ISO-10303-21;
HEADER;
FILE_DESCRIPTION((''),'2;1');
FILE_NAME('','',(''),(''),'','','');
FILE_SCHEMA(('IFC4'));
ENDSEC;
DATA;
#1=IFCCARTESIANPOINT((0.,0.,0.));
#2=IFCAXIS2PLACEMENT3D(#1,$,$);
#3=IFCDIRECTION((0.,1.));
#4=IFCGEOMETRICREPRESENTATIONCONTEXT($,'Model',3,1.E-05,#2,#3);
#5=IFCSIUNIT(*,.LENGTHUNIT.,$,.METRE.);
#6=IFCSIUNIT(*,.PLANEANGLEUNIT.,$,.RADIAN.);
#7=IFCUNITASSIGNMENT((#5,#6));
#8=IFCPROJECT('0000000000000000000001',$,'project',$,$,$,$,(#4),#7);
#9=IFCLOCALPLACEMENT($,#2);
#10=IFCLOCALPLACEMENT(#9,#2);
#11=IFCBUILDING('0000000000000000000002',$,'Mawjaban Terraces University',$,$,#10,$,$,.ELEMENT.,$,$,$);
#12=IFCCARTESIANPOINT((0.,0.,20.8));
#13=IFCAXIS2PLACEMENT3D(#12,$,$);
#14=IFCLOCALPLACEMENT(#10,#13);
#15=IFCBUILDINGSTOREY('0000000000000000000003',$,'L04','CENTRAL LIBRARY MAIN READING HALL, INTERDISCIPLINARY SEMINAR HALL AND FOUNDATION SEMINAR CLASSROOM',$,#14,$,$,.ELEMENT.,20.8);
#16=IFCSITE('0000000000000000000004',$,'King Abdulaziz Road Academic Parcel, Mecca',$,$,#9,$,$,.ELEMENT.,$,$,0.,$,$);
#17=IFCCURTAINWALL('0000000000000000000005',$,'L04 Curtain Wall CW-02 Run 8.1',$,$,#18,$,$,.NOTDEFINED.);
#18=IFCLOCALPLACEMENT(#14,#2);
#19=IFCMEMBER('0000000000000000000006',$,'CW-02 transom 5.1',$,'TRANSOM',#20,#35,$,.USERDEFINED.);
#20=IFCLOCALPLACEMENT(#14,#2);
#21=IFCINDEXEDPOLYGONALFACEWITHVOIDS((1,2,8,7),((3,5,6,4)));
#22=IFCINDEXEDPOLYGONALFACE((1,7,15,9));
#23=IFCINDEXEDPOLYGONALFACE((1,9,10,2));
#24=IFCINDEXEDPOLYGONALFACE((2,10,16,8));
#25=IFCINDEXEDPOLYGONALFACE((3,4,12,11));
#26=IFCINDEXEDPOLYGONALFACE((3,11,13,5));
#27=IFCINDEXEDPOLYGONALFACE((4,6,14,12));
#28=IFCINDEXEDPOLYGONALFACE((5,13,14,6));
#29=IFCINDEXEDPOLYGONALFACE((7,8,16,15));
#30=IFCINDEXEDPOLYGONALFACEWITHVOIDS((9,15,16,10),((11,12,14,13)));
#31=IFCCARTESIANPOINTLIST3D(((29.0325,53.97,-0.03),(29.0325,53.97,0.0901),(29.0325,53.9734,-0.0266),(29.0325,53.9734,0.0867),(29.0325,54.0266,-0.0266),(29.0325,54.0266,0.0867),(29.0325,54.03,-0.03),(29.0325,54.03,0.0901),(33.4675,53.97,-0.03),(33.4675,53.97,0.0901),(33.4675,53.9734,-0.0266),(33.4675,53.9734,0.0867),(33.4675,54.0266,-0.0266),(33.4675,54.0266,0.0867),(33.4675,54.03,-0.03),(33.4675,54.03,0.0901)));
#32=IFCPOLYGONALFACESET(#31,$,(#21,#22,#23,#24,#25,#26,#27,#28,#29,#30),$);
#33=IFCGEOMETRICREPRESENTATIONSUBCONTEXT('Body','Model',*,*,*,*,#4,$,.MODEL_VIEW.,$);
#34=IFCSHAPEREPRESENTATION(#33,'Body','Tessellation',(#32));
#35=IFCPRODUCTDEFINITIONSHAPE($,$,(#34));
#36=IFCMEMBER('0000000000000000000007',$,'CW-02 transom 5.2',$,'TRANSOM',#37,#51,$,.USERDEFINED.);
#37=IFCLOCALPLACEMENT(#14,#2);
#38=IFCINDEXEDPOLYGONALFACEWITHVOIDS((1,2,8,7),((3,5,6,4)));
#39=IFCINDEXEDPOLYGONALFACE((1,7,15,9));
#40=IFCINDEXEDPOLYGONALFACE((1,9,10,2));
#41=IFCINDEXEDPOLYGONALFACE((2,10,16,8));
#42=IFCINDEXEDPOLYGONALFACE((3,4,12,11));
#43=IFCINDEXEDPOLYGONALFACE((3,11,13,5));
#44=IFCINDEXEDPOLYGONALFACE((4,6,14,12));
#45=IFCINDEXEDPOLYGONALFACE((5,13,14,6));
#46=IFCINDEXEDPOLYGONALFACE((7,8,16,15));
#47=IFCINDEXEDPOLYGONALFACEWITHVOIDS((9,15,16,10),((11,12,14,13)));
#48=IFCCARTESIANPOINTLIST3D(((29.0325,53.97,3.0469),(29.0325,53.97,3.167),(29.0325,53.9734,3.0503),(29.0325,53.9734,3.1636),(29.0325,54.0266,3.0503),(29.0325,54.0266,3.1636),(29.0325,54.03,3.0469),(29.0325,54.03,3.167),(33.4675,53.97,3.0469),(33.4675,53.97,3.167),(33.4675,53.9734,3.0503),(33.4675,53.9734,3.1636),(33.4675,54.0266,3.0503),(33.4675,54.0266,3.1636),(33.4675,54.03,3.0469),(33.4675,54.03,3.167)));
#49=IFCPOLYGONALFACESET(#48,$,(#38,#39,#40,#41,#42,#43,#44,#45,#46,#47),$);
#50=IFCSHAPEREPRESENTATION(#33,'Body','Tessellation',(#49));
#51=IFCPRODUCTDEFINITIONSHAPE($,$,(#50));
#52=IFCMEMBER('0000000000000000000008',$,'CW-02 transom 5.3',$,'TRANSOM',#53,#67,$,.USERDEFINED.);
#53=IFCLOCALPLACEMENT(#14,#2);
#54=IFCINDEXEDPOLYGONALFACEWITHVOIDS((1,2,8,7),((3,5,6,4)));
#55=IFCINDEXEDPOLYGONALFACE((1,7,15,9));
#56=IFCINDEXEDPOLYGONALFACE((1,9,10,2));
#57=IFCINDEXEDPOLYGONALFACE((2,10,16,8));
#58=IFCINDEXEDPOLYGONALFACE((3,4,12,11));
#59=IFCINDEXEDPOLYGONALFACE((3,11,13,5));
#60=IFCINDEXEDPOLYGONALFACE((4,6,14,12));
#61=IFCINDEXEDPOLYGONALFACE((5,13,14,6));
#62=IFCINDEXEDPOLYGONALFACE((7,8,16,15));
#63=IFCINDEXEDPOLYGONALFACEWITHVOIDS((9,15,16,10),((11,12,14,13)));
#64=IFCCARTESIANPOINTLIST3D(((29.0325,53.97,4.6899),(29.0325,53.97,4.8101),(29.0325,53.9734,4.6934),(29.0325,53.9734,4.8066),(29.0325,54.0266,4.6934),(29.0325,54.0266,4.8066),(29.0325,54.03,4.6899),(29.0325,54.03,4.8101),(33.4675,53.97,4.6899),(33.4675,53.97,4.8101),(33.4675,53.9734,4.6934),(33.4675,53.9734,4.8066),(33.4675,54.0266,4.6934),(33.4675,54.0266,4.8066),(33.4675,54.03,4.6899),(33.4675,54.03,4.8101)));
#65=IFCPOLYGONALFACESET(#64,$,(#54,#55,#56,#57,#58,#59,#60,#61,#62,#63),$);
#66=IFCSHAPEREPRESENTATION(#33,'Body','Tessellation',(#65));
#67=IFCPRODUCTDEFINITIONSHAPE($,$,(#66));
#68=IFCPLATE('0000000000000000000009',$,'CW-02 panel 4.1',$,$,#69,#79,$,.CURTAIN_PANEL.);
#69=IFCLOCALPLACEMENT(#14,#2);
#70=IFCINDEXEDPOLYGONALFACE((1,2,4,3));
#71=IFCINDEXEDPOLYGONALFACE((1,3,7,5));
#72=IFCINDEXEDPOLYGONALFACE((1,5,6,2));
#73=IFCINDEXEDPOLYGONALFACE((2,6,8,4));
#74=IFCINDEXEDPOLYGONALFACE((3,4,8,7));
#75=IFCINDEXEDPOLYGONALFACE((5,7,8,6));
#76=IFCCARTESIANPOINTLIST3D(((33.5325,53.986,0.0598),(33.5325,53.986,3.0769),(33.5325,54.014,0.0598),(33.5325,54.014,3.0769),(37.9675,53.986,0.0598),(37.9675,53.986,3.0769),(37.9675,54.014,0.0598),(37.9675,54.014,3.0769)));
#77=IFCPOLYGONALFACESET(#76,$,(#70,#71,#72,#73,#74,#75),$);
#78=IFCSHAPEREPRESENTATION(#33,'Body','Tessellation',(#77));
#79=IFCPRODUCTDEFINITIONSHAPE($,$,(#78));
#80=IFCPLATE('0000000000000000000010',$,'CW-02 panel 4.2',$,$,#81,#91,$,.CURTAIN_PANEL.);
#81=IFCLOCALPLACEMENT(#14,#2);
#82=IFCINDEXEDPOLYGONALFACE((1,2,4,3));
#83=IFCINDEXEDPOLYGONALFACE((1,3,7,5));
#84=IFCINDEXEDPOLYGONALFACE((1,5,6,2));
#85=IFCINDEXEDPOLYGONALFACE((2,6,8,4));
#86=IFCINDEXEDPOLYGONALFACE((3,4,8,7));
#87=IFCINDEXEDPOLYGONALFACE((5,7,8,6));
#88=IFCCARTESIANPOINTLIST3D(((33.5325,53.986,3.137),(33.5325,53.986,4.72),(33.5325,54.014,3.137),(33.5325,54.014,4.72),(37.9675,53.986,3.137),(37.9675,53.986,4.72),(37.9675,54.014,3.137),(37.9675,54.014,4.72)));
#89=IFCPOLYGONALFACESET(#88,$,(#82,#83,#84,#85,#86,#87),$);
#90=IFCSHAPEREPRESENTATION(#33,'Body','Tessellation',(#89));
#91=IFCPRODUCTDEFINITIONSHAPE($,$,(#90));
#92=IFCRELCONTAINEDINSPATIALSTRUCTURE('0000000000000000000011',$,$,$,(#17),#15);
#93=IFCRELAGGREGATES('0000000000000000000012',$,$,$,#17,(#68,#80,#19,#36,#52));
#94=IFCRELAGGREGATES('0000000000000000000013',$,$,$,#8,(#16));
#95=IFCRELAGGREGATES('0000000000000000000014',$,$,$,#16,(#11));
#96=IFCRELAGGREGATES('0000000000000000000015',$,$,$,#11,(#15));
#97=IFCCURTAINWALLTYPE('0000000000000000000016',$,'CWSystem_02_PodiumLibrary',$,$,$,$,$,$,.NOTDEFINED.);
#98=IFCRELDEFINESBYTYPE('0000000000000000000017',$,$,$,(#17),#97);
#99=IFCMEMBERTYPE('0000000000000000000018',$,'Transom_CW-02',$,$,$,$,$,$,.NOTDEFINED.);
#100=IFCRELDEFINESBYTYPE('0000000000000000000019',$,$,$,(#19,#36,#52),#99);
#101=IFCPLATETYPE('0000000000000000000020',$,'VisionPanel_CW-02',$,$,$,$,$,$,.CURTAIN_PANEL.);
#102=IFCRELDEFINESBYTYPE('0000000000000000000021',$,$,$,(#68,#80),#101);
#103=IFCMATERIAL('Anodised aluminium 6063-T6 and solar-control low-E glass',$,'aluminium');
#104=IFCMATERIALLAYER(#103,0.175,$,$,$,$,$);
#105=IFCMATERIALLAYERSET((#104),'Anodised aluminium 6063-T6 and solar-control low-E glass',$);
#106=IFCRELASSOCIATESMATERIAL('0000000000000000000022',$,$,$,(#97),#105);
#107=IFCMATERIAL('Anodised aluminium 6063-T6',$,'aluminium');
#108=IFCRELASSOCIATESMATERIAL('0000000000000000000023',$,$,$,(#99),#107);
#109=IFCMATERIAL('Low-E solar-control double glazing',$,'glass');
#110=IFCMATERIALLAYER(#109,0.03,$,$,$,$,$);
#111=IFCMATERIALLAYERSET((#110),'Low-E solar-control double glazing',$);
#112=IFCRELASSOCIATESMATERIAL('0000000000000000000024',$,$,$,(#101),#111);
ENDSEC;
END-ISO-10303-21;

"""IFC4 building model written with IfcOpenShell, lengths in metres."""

from ifc_helpers import new_model, si_unit, direction, frame, origin, origin_2d, place, context, subcontext, project, spatial, rectangle, hollow_rectangle, extrude, material, layer, layer_set, material_profile, profile_set, type_object, element, aggregate, save


model = new_model("IFC4")

# Units and contexts
model_context = context("Model", 3, precision=1e-05, world=origin(), true_north=direction((0.0, 1.0)))
body_context = subcontext(model_context, "Body", "Model", "MODEL_VIEW")
ifc_project = project(units=[si_unit("LENGTHUNIT", "METRE"), si_unit("PLANEANGLEUNIT", "RADIAN")], contexts=[model_context])

# Site, building, storey
site_placement = place(None, origin())
site = spatial("IfcSite", under=ifc_project, at=site_placement, Name="King Abdulaziz Road Academic Parcel, Mecca", CompositionType="ELEMENT", RefElevation=0.0)
building_placement = place(site_placement, origin())
building = spatial("IfcBuilding", under=site, at=building_placement, Name="Mawjaban Terraces University", CompositionType="ELEMENT")
storey_placement = place(building_placement, frame((0.0, 0.0, 20.8)))
storey = spatial("IfcBuildingStorey", under=building, at=storey_placement, Name="L04", Description="CENTRAL LIBRARY MAIN READING HALL, INTERDISCIPLINARY SEMINAR HALL AND FOUNDATION SEMINAR CLASSROOM", CompositionType="ELEMENT", Elevation=20.8)

# Curtain wall, members, plates
ifc_material_1 = material(Name="Anodised aluminium 6063-T6 and solar-control low-E glass", Category="aluminium")
ifc_layer_1 = layer(ifc_material_1, 0.175)
ifc_layer_set_1 = layer_set([ifc_layer_1], Name="Anodised aluminium 6063-T6 and solar-control low-E glass")
curtain_wall_type = type_object("IfcCurtainWallType", Name="CWSystem_02_PodiumLibrary", PredefinedType="NOTDEFINED", material=ifc_layer_set_1)
curtain_wall_placement = place(storey_placement, origin())
curtain_wall = element("IfcCurtainWall", 1, at=curtain_wall_placement, inside=storey, type_object=curtain_wall_type, Name="L04 Curtain Wall CW-02 Run 8.1", PredefinedType="NOTDEFINED")
ifc_material_2 = material(Name="Anodised aluminium 6063-T6", Category="aluminium")
ifc_material_profile_1 = material_profile(ifc_material_2, hollow_rectangle(XDim=0.0601, YDim=0.1201, WallThickness=0.0034, at=origin_2d()), Name="ALU120X60X3.5")
ifc_profile_set_1 = profile_set([ifc_material_profile_1], Name="Anodised aluminium 6063-T6")
member_type_1 = type_object("IfcMemberType", Name="Transom_CW-02", PredefinedType="NOTDEFINED", material=ifc_profile_set_1)
member_1_placement = place(storey_placement, frame((33.4675, 54.0, 0.03), z_axis=(-1.0, 0.0, 0.0), x_axis=(0.0, -1.0, 0.0)))
member_1 = element("IfcMember", 2, at=member_1_placement, type_object=member_type_1, Name="CW-02 transom 5.1", ObjectType="TRANSOM", PredefinedType="USERDEFINED", context=body_context, shape_type="SweptSolid", body=[
    extrude(hollow_rectangle(XDim=0.0601, YDim=0.1201, WallThickness=0.0034, at=origin_2d()), origin(), (0.0, 0.0, 1.0), 4.4351),
])
member_2_placement = place(storey_placement, frame((33.4675, 54.0, 3.1069), z_axis=(-1.0, 0.0, 0.0), x_axis=(0.0, -1.0, 0.0)))
member_2 = element("IfcMember", 3, at=member_2_placement, type_object=member_type_1, Name="CW-02 transom 5.2", ObjectType="TRANSOM", PredefinedType="USERDEFINED", context=body_context, shape_type="SweptSolid", body=[
    extrude(hollow_rectangle(XDim=0.0601, YDim=0.1201, WallThickness=0.0034, at=origin_2d()), origin(), (0.0, 0.0, 1.0), 4.4351),
])
member_3_placement = place(storey_placement, frame((33.4675, 54.0, 4.75), z_axis=(-1.0, 0.0, 0.0), x_axis=(0.0, -1.0, 0.0)))
member_3 = element("IfcMember", 4, at=member_3_placement, type_object=member_type_1, Name="CW-02 transom 5.3", ObjectType="TRANSOM", PredefinedType="USERDEFINED", context=body_context, shape_type="SweptSolid", body=[
    extrude(hollow_rectangle(XDim=0.0601, YDim=0.1201, WallThickness=0.0034, at=origin_2d()), origin(), (0.0, 0.0, 1.0), 4.4351),
])
ifc_material_3 = material(Name="Low-E solar-control double glazing", Category="glass")
ifc_layer_2 = layer(ifc_material_3, 0.03)
ifc_layer_set_2 = layer_set([ifc_layer_2], Name="Low-E solar-control double glazing")
plate_type = type_object("IfcPlateType", Name="VisionPanel_CW-02", PredefinedType="CURTAIN_PANEL", material=ifc_layer_set_2)
plate_1_placement = place(storey_placement, frame((35.75, 54.0, 0.0598), z_axis=(0.0, 0.0, 1.0), x_axis=(-1.0, 0.0, 0.0)))
plate_1 = element("IfcPlate", 5, at=plate_1_placement, type_object=plate_type, Name="CW-02 panel 4.1", PredefinedType="CURTAIN_PANEL", context=body_context, shape_type="SweptSolid", body=[
    extrude(rectangle(XDim=4.4351, YDim=0.0281, at=origin_2d()), origin(), (0.0, 0.0, 1.0), 3.0171),
])
plate_2_placement = place(storey_placement, frame((35.75, 54.0, 3.137), z_axis=(0.0, 0.0, 1.0), x_axis=(-1.0, 0.0, 0.0)))
plate_2 = element("IfcPlate", 6, at=plate_2_placement, type_object=plate_type, Name="CW-02 panel 4.2", PredefinedType="CURTAIN_PANEL", context=body_context, shape_type="SweptSolid", body=[
    extrude(rectangle(XDim=4.4351, YDim=0.0281, at=origin_2d()), origin(), (0.0, 0.0, 1.0), 1.583),
])
aggregate(curtain_wall, [plate_1, plate_2, member_1, member_2, member_3])

save(model, "model.ifc")
